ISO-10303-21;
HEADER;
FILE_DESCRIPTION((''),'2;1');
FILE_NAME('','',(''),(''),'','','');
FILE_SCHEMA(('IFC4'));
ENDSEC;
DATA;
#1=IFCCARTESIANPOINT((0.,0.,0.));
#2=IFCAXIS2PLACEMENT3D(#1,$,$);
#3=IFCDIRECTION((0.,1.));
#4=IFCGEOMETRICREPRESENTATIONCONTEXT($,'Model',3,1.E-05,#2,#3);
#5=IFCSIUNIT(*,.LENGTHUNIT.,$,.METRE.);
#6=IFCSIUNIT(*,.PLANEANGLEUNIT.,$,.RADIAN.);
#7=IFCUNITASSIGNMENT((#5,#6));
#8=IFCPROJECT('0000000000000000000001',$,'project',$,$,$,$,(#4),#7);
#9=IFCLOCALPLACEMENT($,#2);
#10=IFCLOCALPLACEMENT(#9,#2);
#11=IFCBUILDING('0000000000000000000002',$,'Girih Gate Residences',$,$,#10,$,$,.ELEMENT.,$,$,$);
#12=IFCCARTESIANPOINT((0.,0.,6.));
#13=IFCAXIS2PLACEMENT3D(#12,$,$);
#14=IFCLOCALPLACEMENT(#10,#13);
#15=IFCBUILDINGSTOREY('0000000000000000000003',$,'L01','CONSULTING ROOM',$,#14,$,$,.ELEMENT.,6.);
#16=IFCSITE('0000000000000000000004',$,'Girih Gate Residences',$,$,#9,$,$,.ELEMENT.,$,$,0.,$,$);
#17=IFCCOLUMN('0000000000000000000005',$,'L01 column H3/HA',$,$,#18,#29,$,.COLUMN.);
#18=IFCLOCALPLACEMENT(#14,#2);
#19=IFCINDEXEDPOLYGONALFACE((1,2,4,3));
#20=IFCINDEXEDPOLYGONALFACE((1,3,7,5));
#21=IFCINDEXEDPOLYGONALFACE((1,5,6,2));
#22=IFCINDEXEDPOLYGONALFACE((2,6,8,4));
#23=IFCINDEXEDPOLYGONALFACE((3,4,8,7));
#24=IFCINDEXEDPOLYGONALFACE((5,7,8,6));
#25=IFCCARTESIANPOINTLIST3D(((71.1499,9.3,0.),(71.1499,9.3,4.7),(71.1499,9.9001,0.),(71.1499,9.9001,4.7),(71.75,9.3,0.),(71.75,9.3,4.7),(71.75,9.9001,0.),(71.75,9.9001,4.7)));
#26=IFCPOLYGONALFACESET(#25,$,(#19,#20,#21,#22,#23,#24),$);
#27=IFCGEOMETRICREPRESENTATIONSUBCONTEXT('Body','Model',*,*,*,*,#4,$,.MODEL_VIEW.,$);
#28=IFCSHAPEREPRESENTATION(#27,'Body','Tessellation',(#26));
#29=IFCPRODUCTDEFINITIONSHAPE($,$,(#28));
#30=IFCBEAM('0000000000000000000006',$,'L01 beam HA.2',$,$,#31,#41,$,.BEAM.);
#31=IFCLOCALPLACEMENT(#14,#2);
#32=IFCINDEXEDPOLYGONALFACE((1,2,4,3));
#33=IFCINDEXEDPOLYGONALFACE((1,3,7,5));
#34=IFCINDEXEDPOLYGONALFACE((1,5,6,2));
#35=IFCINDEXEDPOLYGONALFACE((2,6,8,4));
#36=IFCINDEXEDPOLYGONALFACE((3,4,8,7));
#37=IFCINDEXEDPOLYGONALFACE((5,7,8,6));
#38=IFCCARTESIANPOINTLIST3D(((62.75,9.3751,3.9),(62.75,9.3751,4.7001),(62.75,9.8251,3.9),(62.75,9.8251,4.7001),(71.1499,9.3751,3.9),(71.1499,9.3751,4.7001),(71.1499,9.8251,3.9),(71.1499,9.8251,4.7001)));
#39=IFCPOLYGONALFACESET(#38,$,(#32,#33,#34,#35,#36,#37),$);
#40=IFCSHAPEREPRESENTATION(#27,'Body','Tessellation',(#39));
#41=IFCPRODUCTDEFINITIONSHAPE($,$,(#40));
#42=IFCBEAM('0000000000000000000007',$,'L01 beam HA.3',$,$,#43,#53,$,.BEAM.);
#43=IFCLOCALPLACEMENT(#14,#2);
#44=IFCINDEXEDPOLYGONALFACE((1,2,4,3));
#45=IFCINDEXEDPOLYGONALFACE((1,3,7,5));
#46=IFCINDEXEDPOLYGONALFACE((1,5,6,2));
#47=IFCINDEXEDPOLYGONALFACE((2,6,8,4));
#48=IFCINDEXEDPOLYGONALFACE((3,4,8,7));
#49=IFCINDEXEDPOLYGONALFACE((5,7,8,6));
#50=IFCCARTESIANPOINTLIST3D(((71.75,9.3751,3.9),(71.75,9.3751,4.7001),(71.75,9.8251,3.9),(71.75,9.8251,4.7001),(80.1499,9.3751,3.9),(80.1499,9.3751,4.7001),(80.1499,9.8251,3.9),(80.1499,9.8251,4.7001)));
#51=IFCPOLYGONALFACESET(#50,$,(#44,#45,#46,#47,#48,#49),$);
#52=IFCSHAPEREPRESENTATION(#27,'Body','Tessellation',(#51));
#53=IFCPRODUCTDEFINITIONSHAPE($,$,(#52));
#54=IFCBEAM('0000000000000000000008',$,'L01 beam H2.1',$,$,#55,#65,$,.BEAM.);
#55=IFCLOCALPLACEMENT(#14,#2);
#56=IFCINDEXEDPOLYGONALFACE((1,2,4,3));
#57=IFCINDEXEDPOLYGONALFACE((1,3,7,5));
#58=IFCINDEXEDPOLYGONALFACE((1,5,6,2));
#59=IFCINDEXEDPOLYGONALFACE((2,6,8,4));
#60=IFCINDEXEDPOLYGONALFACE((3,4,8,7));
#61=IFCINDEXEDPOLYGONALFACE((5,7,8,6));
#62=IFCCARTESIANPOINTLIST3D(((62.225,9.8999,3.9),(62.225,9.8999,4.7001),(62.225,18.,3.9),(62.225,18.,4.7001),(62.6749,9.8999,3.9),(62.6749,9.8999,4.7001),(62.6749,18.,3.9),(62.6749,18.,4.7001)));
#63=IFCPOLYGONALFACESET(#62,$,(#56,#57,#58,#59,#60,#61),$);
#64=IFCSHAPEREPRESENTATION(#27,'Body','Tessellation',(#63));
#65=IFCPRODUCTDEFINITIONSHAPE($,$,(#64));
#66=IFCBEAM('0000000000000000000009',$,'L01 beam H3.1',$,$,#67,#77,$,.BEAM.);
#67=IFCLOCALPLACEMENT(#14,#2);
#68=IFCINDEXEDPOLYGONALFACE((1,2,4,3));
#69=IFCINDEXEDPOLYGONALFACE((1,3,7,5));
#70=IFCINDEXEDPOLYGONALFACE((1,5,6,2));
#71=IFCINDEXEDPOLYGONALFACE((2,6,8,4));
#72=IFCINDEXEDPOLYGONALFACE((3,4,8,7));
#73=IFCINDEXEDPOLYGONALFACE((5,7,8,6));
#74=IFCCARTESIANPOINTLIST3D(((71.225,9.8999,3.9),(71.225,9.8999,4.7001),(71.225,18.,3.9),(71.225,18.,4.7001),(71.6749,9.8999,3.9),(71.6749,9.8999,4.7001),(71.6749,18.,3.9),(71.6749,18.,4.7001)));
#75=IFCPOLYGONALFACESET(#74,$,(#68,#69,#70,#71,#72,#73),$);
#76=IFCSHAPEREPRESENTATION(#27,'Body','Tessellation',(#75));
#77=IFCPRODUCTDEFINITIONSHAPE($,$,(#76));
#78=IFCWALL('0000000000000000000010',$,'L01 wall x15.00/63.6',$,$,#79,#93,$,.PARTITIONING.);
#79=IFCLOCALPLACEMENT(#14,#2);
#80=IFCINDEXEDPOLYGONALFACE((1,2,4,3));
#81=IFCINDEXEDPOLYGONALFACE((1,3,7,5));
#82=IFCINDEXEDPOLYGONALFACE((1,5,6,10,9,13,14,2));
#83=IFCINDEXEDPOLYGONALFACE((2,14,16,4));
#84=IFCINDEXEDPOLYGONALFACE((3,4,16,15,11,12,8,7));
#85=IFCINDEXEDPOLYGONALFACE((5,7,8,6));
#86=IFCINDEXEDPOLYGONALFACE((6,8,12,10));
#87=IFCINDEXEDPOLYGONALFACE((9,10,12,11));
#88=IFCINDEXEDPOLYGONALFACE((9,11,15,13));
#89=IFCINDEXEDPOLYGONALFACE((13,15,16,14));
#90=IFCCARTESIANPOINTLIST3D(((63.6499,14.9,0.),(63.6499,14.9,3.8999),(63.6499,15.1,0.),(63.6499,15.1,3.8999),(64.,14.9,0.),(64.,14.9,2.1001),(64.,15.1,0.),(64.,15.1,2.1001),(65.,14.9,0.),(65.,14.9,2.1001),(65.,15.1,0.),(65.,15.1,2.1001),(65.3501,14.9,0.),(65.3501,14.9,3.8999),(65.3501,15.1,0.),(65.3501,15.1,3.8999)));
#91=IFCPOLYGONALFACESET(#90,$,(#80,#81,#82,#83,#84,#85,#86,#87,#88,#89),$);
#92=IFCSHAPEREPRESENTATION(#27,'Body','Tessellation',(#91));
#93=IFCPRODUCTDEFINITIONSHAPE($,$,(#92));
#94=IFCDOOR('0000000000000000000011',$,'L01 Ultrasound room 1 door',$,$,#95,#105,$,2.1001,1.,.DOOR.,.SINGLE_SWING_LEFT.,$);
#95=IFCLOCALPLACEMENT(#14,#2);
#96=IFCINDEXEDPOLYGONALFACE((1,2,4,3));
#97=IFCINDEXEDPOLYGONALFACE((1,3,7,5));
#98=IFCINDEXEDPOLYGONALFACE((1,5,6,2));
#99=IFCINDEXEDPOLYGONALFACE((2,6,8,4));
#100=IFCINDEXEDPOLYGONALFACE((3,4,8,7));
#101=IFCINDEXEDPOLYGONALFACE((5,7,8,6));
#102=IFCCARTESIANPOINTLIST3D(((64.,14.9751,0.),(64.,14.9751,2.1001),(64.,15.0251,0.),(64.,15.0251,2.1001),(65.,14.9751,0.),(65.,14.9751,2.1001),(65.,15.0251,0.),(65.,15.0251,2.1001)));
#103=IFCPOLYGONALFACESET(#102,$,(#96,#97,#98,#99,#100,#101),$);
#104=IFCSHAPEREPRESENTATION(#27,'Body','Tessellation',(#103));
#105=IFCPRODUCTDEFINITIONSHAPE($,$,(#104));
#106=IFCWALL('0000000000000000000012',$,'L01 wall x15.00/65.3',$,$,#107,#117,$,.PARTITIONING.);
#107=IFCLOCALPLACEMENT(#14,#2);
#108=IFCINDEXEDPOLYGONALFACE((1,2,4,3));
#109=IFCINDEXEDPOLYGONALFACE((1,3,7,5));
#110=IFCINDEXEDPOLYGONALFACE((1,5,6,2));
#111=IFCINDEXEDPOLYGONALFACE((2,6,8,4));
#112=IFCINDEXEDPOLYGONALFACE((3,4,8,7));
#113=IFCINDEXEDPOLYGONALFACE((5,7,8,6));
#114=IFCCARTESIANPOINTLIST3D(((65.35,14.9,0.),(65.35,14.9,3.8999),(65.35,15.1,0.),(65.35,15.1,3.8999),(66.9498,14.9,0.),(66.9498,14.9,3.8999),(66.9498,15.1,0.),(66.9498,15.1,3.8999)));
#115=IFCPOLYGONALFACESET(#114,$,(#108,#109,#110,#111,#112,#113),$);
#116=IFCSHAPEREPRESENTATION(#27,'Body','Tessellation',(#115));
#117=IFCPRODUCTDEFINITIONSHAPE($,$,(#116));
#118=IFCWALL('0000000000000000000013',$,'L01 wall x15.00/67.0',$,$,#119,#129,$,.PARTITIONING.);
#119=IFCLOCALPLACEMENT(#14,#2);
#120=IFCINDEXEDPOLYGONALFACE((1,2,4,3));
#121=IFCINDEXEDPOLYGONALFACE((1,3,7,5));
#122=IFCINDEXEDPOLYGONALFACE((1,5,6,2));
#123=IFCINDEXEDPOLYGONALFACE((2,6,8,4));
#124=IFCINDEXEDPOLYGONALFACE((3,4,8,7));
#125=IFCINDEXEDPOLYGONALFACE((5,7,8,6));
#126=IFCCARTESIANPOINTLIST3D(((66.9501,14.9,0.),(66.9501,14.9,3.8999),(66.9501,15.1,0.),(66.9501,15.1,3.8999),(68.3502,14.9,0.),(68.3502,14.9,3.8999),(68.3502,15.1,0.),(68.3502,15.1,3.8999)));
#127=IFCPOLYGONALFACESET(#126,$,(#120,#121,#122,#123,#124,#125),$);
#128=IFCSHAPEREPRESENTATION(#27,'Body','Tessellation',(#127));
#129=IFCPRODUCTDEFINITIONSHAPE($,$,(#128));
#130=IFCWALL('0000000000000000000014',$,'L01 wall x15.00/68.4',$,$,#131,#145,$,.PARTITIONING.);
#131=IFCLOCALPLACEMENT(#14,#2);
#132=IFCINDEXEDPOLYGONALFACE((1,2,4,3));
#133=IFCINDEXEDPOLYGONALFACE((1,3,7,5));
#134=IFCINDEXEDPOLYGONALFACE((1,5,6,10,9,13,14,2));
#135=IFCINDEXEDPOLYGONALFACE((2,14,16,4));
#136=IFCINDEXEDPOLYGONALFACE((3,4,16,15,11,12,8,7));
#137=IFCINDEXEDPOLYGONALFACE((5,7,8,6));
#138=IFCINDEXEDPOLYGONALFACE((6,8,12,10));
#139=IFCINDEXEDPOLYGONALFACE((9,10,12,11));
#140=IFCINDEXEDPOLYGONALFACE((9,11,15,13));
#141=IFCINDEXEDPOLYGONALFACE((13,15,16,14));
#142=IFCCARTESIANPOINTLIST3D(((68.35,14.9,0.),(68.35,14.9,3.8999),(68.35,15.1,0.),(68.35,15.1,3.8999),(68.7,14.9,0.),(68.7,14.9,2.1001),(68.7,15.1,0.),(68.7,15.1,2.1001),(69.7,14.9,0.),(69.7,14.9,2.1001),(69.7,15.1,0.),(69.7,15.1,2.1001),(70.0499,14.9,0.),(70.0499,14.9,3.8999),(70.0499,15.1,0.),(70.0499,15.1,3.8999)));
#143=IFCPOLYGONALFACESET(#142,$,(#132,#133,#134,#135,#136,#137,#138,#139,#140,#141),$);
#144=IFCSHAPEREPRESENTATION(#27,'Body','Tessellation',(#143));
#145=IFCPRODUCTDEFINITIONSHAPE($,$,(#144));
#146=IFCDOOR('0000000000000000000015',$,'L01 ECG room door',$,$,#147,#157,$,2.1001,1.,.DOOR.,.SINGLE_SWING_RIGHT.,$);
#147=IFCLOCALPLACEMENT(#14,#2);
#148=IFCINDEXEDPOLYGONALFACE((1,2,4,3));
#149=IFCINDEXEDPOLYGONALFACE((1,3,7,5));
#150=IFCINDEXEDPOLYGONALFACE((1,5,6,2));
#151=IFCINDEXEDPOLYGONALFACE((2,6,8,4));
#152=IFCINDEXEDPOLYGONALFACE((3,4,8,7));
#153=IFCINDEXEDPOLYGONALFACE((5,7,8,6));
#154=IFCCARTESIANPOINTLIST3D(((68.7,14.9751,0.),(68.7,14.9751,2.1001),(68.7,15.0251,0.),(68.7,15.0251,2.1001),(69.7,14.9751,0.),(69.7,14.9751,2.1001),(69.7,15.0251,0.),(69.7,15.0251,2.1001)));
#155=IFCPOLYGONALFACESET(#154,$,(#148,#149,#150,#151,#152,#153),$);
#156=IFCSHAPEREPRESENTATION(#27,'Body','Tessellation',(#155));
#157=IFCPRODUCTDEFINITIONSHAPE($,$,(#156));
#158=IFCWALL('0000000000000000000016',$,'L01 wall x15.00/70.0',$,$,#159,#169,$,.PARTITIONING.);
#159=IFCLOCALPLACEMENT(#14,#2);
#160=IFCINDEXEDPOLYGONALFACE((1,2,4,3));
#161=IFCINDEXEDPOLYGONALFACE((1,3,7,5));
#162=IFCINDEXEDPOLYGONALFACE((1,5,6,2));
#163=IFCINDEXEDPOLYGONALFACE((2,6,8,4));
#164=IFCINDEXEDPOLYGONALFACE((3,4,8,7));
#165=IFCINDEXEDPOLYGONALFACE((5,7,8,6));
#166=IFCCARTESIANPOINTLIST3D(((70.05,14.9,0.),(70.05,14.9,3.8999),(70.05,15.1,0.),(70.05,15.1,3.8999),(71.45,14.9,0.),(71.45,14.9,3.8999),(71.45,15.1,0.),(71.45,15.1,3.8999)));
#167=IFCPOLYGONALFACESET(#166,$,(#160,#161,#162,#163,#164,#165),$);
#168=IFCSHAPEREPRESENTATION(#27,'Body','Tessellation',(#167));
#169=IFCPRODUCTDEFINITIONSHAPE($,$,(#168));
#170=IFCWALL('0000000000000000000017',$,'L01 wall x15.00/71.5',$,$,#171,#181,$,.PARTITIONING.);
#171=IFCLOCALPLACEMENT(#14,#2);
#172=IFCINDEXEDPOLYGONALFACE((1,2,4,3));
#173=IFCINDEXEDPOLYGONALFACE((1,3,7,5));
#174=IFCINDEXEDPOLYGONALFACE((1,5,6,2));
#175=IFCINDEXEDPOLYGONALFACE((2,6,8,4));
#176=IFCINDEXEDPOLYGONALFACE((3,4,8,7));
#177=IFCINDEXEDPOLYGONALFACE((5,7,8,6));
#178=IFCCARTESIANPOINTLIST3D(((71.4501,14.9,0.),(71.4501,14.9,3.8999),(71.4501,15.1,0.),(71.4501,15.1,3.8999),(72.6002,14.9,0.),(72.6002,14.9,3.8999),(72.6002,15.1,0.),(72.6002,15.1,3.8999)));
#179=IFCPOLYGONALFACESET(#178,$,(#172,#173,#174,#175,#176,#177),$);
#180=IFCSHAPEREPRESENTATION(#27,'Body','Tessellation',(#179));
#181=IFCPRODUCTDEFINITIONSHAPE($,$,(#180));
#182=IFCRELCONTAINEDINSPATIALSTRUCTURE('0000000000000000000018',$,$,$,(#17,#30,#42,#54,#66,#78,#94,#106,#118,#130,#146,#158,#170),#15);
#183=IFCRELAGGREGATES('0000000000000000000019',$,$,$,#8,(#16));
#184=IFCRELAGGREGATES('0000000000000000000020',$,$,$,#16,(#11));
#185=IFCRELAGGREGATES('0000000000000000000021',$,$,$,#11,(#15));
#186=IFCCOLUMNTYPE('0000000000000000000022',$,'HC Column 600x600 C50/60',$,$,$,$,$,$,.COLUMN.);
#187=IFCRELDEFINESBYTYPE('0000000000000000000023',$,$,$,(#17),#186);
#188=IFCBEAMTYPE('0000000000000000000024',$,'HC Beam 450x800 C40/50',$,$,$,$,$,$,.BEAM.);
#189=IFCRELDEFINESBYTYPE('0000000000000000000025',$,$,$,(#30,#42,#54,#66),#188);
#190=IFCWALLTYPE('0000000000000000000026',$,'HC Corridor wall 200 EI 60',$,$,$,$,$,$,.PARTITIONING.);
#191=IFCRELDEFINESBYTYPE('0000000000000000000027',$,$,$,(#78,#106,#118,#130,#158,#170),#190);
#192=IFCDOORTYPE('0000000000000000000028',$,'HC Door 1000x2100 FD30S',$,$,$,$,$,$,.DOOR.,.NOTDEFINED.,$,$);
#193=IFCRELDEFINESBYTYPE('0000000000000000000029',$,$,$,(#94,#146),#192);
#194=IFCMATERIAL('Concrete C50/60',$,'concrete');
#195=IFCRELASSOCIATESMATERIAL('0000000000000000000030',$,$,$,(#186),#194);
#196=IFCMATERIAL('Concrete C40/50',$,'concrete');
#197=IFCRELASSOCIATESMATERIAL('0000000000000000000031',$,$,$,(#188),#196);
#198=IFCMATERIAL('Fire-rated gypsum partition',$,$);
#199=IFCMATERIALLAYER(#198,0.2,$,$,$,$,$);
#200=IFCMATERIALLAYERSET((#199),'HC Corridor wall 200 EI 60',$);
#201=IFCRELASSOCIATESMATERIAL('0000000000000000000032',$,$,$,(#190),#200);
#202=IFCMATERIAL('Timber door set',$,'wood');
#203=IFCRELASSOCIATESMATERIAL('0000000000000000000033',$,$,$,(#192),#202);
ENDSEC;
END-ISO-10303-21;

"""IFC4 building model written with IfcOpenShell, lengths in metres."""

from ifc_helpers import new_model, si_unit, direction, frame, frame_2d, origin, origin_2d, place, context, subcontext, project, spatial, rectangle, extrude, material, layer, layer_set, material_profile, profile_set, type_object, element, fill, save


model = new_model("IFC4")

# Units and contexts
model_context = context("Model", 3, precision=1e-05, world=origin(), true_north=direction((0.0, 1.0)))
body_context = subcontext(model_context, "Body", "Model", "MODEL_VIEW")
ifc_project = project(units=[si_unit("LENGTHUNIT", "METRE"), si_unit("PLANEANGLEUNIT", "RADIAN")], contexts=[model_context])

# Site, building, storey
site_placement = place(None, origin())
site = spatial("IfcSite", under=ifc_project, at=site_placement, Name="Girih Gate Residences", CompositionType="ELEMENT", RefElevation=0.0)
building_placement = place(site_placement, origin())
building = spatial("IfcBuilding", under=site, at=building_placement, Name="Girih Gate Residences", CompositionType="ELEMENT")
storey_placement = place(building_placement, frame((0.0, 0.0, 6.0)))
storey = spatial("IfcBuildingStorey", under=building, at=storey_placement, Name="L01", Description="CONSULTING ROOM", CompositionType="ELEMENT", Elevation=6.0)

# Column
ifc_material_1 = material(Name="Concrete C50/60", Category="concrete")
ifc_material_profile_1 = material_profile(ifc_material_1, rectangle(XDim=0.6001, YDim=0.6001, at=origin_2d()))
ifc_profile_set_1 = profile_set([ifc_material_profile_1], Name="Concrete C50/60")
column_type = type_object("IfcColumnType", Name="HC Column 600x600 C50/60", PredefinedType="COLUMN", material=ifc_profile_set_1)
column_placement = place(storey_placement, frame((71.45, 9.6001, 0.0), z_axis=(0.0, 0.0, 1.0), x_axis=(1.0, 0.0, 0.0)))
element("IfcColumn", 1, at=column_placement, inside=storey, type_object=column_type, Name="L01 column H3/HA", PredefinedType="COLUMN", context=body_context, shape_type="SweptSolid", body=[
    extrude(rectangle(XDim=0.6001, YDim=0.6001, at=origin_2d()), origin(), (0.0, 0.0, 1.0), 4.7),
])

# Beams
ifc_material_2 = material(Name="Concrete C40/50", Category="concrete")
ifc_material_profile_2 = material_profile(ifc_material_2, rectangle(XDim=0.45, YDim=0.8, at=origin_2d()))
ifc_profile_set_2 = profile_set([ifc_material_profile_2], Name="Concrete C40/50")
beam_type = type_object("IfcBeamType", Name="HC Beam 450x800 C40/50", PredefinedType="BEAM", material=ifc_profile_set_2)
for number, where, z_axis, x_axis, name in (
    (2, (62.75, 9.6001, 4.3), (1.0, 0.0, 0.0), (0.0, 1.0, 0.0), "L01 beam HA.2"),
    (3, (71.75, 9.6001, 4.3), (1.0, 0.0, 0.0), (0.0, 1.0, 0.0), "L01 beam HA.3"),
):
    element("IfcBeam", number, at=place(storey_placement, frame(where, z_axis=z_axis, x_axis=x_axis)), inside=storey, type_object=beam_type, Name=name, PredefinedType="BEAM", context=body_context, shape_type="SweptSolid", body=[
        extrude(rectangle(XDim=0.45, YDim=0.8, at=origin_2d()), origin(), (0.0, 0.0, 1.0), 8.3999),
    ])
for number, where, z_axis, x_axis, name in (
    (4, (62.45, 9.8999, 4.3), (0.0, 1.0, 0.0), (-1.0, 0.0, 0.0), "L01 beam H2.1"),
    (5, (71.45, 9.8999, 4.3), (0.0, 1.0, 0.0), (-1.0, 0.0, 0.0), "L01 beam H3.1"),
):
    element("IfcBeam", number, at=place(storey_placement, frame(where, z_axis=z_axis, x_axis=x_axis)), inside=storey, type_object=beam_type, Name=name, PredefinedType="BEAM", context=body_context, shape_type="SweptSolid", body=[
        extrude(rectangle(XDim=0.45, YDim=0.8, at=origin_2d()), origin(), (0.0, 0.0, 1.0), 8.1001),
    ])

# Wall, opening, door
ifc_material_3 = material(Name="Fire-rated gypsum partition")
ifc_layer_1 = layer(ifc_material_3, 0.2)
ifc_layer_set_1 = layer_set([ifc_layer_1], Name="HC Corridor wall 200 EI 60")
wall_type_1 = type_object("IfcWallType", Name="HC Corridor wall 200 EI 60", PredefinedType="PARTITIONING", material=ifc_layer_set_1)
wall_1_placement = place(storey_placement, frame((65.3501, 15.0, 0.0), z_axis=(0.0, 0.0, 1.0), x_axis=(-1.0, 0.0, 0.0)))
wall_1 = element("IfcWall", 6, at=wall_1_placement, inside=storey, type_object=wall_type_1, Name="L01 wall x15.00/63.6", PredefinedType="PARTITIONING", context=body_context, shape_type="SweptSolid", body=[
    extrude(rectangle(XDim=1.7002, YDim=0.2, at=frame_2d((0.8501, 0.0))), origin(), (0.0, 0.0, 1.0), 3.8999),
])
opening_1_placement = place(wall_1_placement, frame((0.3501, 0.0, 0.0)))
opening_1 = element("IfcOpeningElement", 7, at=opening_1_placement, cuts=wall_1, PredefinedType="OPENING", context=body_context, shape_type="SweptSolid", body=[
    extrude(rectangle(XDim=1.0, YDim=2.1001, at=frame_2d((0.5, 1.05))), frame((0.0, 0.1099, 0.0), z_axis=(0.0, -1.0, 0.0), x_axis=(1.0, 0.0, 0.0)), (0.0, 0.0, 1.0), 0.22),
])
ifc_material_4 = material(Name="Timber door set", Category="wood")
door_type_1 = type_object("IfcDoorType", Name="HC Door 1000x2100 FD30S", OperationType="NOTDEFINED", PredefinedType="DOOR", material=ifc_material_4)
door_1_placement = place(opening_1_placement, origin())
door_1 = element("IfcDoor", 8, at=door_1_placement, inside=storey, type_object=door_type_1, Name="L01 Ultrasound room 1 door", OperationType="SINGLE_SWING_LEFT", OverallHeight=2.1001, OverallWidth=1.0, PredefinedType="DOOR", context=body_context, shape_type="SweptSolid", body=[
    extrude(rectangle(XDim=1.0, YDim=2.1001, at=frame_2d((0.5, 1.05))), frame((0.0, 0.0249, 0.0), z_axis=(0.0, -1.0, 0.0), x_axis=(1.0, 0.0, 0.0)), (0.0, 0.0, 1.0), 0.05),
])
fill(opening_1, door_1)

# Walls
wall_2_placement = place(storey_placement, frame((65.3501, 15.0, 0.0), z_axis=(0.0, 0.0, 1.0), x_axis=(1.0, 0.0, 0.0)))
element("IfcWall", 9, at=wall_2_placement, inside=storey, type_object=wall_type_1, Name="L01 wall x15.00/65.3", PredefinedType="PARTITIONING", context=body_context, shape_type="SweptSolid", body=[
    extrude(rectangle(XDim=1.5999, YDim=0.2, at=frame_2d((0.7998, 0.0))), origin(), (0.0, 0.0, 1.0), 3.8999),
])
wall_3_placement = place(storey_placement, frame((66.95, 15.0, 0.0), z_axis=(0.0, 0.0, 1.0), x_axis=(1.0, 0.0, 0.0)))
element("IfcWall", 10, at=wall_3_placement, inside=storey, type_object=wall_type_1, Name="L01 wall x15.00/67.0", PredefinedType="PARTITIONING", context=body_context, shape_type="SweptSolid", body=[
    extrude(rectangle(XDim=1.4001, YDim=0.2, at=frame_2d((0.7002, 0.0))), origin(), (0.0, 0.0, 1.0), 3.8999),
])

# Wall, opening, door
wall_4_placement = place(storey_placement, frame((70.05, 15.0, 0.0), z_axis=(0.0, 0.0, 1.0), x_axis=(-1.0, 0.0, 0.0)))
wall_4 = element("IfcWall", 11, at=wall_4_placement, inside=storey, type_object=wall_type_1, Name="L01 wall x15.00/68.4", PredefinedType="PARTITIONING", context=body_context, shape_type="SweptSolid", body=[
    extrude(rectangle(XDim=1.7, YDim=0.2, at=frame_2d((0.8501, 0.0))), origin(), (0.0, 0.0, 1.0), 3.8999),
])
opening_2_placement = place(wall_4_placement, frame((0.3501, 0.0, 0.0)))
opening_2 = element("IfcOpeningElement", 12, at=opening_2_placement, cuts=wall_4, PredefinedType="OPENING", context=body_context, shape_type="SweptSolid", body=[
    extrude(rectangle(XDim=1.0, YDim=2.1001, at=frame_2d((0.5, 1.05))), frame((0.0, 0.1099, 0.0), z_axis=(0.0, -1.0, 0.0), x_axis=(1.0, 0.0, 0.0)), (0.0, 0.0, 1.0), 0.22),
])
door_2_placement = place(opening_2_placement, origin())
door_2 = element("IfcDoor", 13, at=door_2_placement, inside=storey, type_object=door_type_1, Name="L01 ECG room door", OperationType="SINGLE_SWING_RIGHT", OverallHeight=2.1001, OverallWidth=1.0, PredefinedType="DOOR", context=body_context, shape_type="SweptSolid", body=[
    extrude(rectangle(XDim=1.0, YDim=2.1001, at=frame_2d((0.5, 1.05))), frame((0.0, 0.0249, 0.0), z_axis=(0.0, -1.0, 0.0), x_axis=(1.0, 0.0, 0.0)), (0.0, 0.0, 1.0), 0.05),
])
fill(opening_2, door_2)

# Walls
wall_5_placement = place(storey_placement, frame((70.05, 15.0, 0.0), z_axis=(0.0, 0.0, 1.0), x_axis=(1.0, 0.0, 0.0)))
element("IfcWall", 14, at=wall_5_placement, inside=storey, type_object=wall_type_1, Name="L01 wall x15.00/70.0", PredefinedType="PARTITIONING", context=body_context, shape_type="SweptSolid", body=[
    extrude(rectangle(XDim=1.3999, YDim=0.2, at=frame_2d((0.7, 0.0))), origin(), (0.0, 0.0, 1.0), 3.8999),
])
wall_6_placement = place(storey_placement, frame((71.45, 15.0, 0.0), z_axis=(0.0, 0.0, 1.0), x_axis=(1.0, 0.0, 0.0)))
element("IfcWall", 15, at=wall_6_placement, inside=storey, type_object=wall_type_1, Name="L01 wall x15.00/71.5", PredefinedType="PARTITIONING", context=body_context, shape_type="SweptSolid", body=[
    extrude(rectangle(XDim=1.1501, YDim=0.2, at=frame_2d((0.5752, 0.0))), origin(), (0.0, 0.0, 1.0), 3.8999),
])

save(model, "model.ifc")
